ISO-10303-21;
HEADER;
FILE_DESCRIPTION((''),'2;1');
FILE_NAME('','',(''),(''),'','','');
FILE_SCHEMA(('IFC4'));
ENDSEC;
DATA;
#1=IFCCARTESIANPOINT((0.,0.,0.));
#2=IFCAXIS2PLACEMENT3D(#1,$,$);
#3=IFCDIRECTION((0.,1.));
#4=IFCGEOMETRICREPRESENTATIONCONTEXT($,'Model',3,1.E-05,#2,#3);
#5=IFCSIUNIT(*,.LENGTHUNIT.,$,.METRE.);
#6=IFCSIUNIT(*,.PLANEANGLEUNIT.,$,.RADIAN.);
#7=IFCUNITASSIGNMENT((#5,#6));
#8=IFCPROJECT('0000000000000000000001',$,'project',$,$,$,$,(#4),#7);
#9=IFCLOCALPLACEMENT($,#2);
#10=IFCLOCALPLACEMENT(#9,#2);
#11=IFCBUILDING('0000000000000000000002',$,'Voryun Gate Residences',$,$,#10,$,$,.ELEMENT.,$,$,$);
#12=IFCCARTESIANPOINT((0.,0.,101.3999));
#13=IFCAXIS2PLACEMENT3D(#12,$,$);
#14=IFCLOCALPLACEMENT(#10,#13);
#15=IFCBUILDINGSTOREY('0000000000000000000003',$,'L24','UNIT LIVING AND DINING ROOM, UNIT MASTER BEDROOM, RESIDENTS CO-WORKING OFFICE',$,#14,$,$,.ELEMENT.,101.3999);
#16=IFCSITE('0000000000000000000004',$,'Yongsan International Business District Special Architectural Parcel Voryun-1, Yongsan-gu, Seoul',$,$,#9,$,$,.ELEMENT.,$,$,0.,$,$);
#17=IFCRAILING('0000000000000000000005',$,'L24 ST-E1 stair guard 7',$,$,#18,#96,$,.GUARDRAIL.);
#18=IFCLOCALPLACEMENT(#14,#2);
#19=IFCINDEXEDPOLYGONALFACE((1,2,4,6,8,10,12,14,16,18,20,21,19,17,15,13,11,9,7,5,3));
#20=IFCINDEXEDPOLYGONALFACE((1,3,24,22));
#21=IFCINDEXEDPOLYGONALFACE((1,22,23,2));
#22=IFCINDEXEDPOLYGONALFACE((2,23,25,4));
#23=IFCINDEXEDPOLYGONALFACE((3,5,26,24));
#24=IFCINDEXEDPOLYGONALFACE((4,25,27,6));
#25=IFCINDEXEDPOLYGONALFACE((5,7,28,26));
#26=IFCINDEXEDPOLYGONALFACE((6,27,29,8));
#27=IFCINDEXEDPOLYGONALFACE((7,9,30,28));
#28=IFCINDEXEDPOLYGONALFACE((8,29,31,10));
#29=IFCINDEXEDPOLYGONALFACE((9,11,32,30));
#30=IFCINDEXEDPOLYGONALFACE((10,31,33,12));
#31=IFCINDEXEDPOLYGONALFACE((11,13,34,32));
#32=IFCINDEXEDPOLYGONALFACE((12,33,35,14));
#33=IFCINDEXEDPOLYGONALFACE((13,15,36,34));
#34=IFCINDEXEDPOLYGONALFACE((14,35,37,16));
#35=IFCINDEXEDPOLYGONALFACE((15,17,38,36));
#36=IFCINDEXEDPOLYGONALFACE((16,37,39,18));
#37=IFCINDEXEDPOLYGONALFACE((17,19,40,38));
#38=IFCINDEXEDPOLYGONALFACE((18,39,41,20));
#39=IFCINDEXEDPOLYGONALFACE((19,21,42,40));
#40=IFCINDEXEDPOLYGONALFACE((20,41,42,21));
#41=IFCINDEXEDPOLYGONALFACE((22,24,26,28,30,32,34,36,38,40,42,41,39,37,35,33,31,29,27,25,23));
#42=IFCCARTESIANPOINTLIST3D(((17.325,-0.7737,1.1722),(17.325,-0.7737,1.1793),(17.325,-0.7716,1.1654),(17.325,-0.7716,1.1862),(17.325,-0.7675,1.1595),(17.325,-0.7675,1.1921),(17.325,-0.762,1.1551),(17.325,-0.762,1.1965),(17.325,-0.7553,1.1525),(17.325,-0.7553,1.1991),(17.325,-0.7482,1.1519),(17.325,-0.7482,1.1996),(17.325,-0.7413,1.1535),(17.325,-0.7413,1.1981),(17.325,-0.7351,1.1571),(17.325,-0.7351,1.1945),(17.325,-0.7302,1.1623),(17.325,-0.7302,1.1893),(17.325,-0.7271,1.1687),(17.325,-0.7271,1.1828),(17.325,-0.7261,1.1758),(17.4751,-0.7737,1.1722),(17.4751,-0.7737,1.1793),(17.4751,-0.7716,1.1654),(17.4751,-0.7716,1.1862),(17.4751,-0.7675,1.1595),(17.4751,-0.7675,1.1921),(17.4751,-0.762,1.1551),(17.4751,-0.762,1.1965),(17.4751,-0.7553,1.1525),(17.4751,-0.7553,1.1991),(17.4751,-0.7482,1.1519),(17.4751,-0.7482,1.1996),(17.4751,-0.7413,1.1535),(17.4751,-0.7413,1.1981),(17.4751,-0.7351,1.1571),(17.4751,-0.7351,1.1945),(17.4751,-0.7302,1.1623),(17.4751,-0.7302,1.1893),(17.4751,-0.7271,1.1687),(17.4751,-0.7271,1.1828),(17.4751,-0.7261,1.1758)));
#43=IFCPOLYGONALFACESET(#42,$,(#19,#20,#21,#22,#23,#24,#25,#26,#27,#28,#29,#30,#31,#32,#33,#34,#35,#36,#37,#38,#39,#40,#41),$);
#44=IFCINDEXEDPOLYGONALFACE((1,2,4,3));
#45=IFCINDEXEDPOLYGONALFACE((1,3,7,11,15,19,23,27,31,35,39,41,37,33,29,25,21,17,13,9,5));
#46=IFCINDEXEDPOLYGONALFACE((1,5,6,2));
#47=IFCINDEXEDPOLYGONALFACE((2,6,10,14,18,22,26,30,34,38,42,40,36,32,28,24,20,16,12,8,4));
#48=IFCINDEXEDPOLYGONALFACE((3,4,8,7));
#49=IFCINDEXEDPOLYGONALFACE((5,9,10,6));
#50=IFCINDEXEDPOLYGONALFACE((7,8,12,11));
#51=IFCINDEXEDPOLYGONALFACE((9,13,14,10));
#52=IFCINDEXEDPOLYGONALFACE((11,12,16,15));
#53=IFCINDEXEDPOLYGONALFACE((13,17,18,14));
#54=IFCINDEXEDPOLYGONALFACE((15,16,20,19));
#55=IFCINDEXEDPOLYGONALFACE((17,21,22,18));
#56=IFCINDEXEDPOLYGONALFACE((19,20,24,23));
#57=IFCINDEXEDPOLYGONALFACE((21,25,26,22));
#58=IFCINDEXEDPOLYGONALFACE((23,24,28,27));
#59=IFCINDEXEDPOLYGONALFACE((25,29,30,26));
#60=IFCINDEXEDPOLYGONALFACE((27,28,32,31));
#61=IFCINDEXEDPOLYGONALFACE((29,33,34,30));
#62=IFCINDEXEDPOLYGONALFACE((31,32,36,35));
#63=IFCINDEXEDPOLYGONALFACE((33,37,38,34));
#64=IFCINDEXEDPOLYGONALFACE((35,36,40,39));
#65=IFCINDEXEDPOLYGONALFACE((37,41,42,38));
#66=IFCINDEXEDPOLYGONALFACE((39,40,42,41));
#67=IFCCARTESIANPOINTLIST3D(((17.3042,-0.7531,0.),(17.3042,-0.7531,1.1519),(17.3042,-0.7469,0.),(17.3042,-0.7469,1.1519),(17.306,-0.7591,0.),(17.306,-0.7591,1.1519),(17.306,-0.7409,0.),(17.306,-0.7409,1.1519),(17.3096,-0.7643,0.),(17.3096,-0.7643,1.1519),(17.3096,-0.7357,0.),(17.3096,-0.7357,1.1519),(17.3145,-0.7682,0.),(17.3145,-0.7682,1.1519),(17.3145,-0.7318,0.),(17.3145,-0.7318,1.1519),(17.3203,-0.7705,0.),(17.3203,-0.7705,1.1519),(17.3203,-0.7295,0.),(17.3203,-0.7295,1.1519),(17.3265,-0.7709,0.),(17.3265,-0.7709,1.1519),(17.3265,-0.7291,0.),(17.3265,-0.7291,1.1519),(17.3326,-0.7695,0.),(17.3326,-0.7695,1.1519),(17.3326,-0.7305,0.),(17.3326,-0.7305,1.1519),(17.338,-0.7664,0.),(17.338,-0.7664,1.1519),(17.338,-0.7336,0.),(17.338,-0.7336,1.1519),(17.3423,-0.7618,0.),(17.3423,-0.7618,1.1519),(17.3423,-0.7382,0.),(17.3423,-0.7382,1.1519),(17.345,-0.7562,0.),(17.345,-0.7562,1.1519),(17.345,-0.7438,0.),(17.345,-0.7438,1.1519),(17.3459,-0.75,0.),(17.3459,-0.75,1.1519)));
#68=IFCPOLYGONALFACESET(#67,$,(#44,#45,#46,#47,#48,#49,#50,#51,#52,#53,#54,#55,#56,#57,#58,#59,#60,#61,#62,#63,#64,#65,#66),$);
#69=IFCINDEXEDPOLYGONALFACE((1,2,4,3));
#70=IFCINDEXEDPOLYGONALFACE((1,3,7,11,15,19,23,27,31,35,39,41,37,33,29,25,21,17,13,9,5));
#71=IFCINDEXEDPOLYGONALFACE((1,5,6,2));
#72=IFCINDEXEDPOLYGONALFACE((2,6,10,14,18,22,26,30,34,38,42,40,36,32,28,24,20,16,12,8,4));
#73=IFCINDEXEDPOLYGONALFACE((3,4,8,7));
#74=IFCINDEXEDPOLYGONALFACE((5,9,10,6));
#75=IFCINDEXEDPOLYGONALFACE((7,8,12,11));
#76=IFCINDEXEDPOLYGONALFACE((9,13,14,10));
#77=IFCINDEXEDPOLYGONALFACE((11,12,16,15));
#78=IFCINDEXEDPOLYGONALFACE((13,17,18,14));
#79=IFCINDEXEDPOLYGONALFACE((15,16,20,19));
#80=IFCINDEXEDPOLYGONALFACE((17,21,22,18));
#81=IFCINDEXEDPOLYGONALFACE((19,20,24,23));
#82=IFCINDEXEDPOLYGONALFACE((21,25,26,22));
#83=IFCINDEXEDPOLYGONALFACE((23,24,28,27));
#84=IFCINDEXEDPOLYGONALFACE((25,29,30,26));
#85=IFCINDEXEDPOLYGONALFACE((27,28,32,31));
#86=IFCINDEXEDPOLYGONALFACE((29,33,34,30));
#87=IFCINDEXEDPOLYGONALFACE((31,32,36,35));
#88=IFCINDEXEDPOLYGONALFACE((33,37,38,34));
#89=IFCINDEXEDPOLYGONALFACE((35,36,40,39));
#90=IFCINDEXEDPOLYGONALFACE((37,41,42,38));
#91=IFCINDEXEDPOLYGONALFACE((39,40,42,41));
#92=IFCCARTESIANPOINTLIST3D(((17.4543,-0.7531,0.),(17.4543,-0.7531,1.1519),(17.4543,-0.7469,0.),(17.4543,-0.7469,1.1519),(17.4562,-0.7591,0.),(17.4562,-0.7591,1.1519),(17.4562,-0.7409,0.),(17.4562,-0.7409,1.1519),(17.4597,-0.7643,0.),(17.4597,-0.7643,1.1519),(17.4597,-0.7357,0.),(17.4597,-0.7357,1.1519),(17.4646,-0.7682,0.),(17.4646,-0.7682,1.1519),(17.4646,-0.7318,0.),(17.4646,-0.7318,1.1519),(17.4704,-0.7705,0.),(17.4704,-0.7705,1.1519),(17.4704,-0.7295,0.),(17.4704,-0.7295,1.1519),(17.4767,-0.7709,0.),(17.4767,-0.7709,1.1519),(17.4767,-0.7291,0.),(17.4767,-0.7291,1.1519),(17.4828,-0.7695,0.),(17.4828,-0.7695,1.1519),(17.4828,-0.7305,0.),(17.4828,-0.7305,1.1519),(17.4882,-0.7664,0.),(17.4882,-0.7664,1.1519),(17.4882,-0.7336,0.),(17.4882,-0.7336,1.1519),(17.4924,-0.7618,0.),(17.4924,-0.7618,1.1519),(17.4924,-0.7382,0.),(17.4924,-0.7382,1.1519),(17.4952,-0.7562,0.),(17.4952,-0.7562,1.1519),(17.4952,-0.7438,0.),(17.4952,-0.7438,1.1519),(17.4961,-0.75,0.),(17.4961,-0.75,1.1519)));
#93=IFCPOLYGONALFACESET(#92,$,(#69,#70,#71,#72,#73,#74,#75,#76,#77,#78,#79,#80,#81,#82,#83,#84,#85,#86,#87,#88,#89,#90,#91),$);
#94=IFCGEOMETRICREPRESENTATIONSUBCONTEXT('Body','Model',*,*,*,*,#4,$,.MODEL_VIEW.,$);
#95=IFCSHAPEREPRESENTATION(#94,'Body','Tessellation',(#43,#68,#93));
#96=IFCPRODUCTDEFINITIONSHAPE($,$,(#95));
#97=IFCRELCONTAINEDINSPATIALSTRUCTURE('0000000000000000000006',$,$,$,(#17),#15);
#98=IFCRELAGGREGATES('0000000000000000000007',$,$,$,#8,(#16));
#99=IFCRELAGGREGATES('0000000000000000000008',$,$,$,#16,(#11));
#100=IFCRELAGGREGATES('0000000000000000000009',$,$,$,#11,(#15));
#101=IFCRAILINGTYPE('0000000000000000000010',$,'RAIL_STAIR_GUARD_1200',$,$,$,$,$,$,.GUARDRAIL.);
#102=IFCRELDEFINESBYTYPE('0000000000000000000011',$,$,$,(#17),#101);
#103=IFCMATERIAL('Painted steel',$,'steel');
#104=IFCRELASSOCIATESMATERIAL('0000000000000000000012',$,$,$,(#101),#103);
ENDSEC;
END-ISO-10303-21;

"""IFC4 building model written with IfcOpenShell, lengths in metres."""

from ifc_helpers import new_model, si_unit, direction, frame, origin, origin_2d, place, context, subcontext, project, spatial, circle, extrude, material, type_object, element, save


model = new_model("IFC4")

# Units and contexts
model_context = context("Model", 3, precision=1e-05, world=origin(), true_north=direction((0.0, 1.0)))
body_context = subcontext(model_context, "Body", "Model", "MODEL_VIEW")
ifc_project = project(units=[si_unit("LENGTHUNIT", "METRE"), si_unit("PLANEANGLEUNIT", "RADIAN")], contexts=[model_context])

# Site, building, storey
site_placement = place(None, origin())
site = spatial("IfcSite", under=ifc_project, at=site_placement, Name="Yongsan International Business District Special Architectural Parcel Voryun-1, Yongsan-gu, Seoul", CompositionType="ELEMENT", RefElevation=0.0)
building_placement = place(site_placement, origin())
building = spatial("IfcBuilding", under=site, at=building_placement, Name="Voryun Gate Residences", CompositionType="ELEMENT")
storey_placement = place(building_placement, frame((0.0, 0.0, 101.3999)))
storey = spatial("IfcBuildingStorey", under=building, at=storey_placement, Name="L24", Description="UNIT LIVING AND DINING ROOM, UNIT MASTER BEDROOM, RESIDENTS CO-WORKING OFFICE", CompositionType="ELEMENT", Elevation=101.3999)

# Railing
ifc_material_1 = material(Name="Painted steel", Category="steel")
railing_type_1 = type_object("IfcRailingType", Name="RAIL_STAIR_GUARD_1200", PredefinedType="GUARDRAIL", material=ifc_material_1)
railing_1_placement = place(storey_placement, frame((17.325, -0.75, 0.0)))
element("IfcRailing", 1, at=railing_1_placement, inside=storey, type_object=railing_type_1, Name="L24 ST-E1 stair guard 7", PredefinedType="GUARDRAIL", context=body_context, shape_type="SweptSolid", body=[
    extrude(circle(Radius=0.0239, at=origin_2d()), frame((0.0, 0.0, 1.1758), z_axis=(1.0, 0.0, 0.0), x_axis=(0.0, 1.0, 0.0)), (0.0, 0.0, 1.0), 0.1501),
    extrude(circle(Radius=0.021, at=origin_2d()), origin(), (0.0, 0.0, 1.0), 1.1519),
    extrude(circle(Radius=0.021, at=origin_2d()), frame((0.1501, 0.0, 0.0)), (0.0, 0.0, 1.0), 1.1519),
])

save(model, "model.ifc")
